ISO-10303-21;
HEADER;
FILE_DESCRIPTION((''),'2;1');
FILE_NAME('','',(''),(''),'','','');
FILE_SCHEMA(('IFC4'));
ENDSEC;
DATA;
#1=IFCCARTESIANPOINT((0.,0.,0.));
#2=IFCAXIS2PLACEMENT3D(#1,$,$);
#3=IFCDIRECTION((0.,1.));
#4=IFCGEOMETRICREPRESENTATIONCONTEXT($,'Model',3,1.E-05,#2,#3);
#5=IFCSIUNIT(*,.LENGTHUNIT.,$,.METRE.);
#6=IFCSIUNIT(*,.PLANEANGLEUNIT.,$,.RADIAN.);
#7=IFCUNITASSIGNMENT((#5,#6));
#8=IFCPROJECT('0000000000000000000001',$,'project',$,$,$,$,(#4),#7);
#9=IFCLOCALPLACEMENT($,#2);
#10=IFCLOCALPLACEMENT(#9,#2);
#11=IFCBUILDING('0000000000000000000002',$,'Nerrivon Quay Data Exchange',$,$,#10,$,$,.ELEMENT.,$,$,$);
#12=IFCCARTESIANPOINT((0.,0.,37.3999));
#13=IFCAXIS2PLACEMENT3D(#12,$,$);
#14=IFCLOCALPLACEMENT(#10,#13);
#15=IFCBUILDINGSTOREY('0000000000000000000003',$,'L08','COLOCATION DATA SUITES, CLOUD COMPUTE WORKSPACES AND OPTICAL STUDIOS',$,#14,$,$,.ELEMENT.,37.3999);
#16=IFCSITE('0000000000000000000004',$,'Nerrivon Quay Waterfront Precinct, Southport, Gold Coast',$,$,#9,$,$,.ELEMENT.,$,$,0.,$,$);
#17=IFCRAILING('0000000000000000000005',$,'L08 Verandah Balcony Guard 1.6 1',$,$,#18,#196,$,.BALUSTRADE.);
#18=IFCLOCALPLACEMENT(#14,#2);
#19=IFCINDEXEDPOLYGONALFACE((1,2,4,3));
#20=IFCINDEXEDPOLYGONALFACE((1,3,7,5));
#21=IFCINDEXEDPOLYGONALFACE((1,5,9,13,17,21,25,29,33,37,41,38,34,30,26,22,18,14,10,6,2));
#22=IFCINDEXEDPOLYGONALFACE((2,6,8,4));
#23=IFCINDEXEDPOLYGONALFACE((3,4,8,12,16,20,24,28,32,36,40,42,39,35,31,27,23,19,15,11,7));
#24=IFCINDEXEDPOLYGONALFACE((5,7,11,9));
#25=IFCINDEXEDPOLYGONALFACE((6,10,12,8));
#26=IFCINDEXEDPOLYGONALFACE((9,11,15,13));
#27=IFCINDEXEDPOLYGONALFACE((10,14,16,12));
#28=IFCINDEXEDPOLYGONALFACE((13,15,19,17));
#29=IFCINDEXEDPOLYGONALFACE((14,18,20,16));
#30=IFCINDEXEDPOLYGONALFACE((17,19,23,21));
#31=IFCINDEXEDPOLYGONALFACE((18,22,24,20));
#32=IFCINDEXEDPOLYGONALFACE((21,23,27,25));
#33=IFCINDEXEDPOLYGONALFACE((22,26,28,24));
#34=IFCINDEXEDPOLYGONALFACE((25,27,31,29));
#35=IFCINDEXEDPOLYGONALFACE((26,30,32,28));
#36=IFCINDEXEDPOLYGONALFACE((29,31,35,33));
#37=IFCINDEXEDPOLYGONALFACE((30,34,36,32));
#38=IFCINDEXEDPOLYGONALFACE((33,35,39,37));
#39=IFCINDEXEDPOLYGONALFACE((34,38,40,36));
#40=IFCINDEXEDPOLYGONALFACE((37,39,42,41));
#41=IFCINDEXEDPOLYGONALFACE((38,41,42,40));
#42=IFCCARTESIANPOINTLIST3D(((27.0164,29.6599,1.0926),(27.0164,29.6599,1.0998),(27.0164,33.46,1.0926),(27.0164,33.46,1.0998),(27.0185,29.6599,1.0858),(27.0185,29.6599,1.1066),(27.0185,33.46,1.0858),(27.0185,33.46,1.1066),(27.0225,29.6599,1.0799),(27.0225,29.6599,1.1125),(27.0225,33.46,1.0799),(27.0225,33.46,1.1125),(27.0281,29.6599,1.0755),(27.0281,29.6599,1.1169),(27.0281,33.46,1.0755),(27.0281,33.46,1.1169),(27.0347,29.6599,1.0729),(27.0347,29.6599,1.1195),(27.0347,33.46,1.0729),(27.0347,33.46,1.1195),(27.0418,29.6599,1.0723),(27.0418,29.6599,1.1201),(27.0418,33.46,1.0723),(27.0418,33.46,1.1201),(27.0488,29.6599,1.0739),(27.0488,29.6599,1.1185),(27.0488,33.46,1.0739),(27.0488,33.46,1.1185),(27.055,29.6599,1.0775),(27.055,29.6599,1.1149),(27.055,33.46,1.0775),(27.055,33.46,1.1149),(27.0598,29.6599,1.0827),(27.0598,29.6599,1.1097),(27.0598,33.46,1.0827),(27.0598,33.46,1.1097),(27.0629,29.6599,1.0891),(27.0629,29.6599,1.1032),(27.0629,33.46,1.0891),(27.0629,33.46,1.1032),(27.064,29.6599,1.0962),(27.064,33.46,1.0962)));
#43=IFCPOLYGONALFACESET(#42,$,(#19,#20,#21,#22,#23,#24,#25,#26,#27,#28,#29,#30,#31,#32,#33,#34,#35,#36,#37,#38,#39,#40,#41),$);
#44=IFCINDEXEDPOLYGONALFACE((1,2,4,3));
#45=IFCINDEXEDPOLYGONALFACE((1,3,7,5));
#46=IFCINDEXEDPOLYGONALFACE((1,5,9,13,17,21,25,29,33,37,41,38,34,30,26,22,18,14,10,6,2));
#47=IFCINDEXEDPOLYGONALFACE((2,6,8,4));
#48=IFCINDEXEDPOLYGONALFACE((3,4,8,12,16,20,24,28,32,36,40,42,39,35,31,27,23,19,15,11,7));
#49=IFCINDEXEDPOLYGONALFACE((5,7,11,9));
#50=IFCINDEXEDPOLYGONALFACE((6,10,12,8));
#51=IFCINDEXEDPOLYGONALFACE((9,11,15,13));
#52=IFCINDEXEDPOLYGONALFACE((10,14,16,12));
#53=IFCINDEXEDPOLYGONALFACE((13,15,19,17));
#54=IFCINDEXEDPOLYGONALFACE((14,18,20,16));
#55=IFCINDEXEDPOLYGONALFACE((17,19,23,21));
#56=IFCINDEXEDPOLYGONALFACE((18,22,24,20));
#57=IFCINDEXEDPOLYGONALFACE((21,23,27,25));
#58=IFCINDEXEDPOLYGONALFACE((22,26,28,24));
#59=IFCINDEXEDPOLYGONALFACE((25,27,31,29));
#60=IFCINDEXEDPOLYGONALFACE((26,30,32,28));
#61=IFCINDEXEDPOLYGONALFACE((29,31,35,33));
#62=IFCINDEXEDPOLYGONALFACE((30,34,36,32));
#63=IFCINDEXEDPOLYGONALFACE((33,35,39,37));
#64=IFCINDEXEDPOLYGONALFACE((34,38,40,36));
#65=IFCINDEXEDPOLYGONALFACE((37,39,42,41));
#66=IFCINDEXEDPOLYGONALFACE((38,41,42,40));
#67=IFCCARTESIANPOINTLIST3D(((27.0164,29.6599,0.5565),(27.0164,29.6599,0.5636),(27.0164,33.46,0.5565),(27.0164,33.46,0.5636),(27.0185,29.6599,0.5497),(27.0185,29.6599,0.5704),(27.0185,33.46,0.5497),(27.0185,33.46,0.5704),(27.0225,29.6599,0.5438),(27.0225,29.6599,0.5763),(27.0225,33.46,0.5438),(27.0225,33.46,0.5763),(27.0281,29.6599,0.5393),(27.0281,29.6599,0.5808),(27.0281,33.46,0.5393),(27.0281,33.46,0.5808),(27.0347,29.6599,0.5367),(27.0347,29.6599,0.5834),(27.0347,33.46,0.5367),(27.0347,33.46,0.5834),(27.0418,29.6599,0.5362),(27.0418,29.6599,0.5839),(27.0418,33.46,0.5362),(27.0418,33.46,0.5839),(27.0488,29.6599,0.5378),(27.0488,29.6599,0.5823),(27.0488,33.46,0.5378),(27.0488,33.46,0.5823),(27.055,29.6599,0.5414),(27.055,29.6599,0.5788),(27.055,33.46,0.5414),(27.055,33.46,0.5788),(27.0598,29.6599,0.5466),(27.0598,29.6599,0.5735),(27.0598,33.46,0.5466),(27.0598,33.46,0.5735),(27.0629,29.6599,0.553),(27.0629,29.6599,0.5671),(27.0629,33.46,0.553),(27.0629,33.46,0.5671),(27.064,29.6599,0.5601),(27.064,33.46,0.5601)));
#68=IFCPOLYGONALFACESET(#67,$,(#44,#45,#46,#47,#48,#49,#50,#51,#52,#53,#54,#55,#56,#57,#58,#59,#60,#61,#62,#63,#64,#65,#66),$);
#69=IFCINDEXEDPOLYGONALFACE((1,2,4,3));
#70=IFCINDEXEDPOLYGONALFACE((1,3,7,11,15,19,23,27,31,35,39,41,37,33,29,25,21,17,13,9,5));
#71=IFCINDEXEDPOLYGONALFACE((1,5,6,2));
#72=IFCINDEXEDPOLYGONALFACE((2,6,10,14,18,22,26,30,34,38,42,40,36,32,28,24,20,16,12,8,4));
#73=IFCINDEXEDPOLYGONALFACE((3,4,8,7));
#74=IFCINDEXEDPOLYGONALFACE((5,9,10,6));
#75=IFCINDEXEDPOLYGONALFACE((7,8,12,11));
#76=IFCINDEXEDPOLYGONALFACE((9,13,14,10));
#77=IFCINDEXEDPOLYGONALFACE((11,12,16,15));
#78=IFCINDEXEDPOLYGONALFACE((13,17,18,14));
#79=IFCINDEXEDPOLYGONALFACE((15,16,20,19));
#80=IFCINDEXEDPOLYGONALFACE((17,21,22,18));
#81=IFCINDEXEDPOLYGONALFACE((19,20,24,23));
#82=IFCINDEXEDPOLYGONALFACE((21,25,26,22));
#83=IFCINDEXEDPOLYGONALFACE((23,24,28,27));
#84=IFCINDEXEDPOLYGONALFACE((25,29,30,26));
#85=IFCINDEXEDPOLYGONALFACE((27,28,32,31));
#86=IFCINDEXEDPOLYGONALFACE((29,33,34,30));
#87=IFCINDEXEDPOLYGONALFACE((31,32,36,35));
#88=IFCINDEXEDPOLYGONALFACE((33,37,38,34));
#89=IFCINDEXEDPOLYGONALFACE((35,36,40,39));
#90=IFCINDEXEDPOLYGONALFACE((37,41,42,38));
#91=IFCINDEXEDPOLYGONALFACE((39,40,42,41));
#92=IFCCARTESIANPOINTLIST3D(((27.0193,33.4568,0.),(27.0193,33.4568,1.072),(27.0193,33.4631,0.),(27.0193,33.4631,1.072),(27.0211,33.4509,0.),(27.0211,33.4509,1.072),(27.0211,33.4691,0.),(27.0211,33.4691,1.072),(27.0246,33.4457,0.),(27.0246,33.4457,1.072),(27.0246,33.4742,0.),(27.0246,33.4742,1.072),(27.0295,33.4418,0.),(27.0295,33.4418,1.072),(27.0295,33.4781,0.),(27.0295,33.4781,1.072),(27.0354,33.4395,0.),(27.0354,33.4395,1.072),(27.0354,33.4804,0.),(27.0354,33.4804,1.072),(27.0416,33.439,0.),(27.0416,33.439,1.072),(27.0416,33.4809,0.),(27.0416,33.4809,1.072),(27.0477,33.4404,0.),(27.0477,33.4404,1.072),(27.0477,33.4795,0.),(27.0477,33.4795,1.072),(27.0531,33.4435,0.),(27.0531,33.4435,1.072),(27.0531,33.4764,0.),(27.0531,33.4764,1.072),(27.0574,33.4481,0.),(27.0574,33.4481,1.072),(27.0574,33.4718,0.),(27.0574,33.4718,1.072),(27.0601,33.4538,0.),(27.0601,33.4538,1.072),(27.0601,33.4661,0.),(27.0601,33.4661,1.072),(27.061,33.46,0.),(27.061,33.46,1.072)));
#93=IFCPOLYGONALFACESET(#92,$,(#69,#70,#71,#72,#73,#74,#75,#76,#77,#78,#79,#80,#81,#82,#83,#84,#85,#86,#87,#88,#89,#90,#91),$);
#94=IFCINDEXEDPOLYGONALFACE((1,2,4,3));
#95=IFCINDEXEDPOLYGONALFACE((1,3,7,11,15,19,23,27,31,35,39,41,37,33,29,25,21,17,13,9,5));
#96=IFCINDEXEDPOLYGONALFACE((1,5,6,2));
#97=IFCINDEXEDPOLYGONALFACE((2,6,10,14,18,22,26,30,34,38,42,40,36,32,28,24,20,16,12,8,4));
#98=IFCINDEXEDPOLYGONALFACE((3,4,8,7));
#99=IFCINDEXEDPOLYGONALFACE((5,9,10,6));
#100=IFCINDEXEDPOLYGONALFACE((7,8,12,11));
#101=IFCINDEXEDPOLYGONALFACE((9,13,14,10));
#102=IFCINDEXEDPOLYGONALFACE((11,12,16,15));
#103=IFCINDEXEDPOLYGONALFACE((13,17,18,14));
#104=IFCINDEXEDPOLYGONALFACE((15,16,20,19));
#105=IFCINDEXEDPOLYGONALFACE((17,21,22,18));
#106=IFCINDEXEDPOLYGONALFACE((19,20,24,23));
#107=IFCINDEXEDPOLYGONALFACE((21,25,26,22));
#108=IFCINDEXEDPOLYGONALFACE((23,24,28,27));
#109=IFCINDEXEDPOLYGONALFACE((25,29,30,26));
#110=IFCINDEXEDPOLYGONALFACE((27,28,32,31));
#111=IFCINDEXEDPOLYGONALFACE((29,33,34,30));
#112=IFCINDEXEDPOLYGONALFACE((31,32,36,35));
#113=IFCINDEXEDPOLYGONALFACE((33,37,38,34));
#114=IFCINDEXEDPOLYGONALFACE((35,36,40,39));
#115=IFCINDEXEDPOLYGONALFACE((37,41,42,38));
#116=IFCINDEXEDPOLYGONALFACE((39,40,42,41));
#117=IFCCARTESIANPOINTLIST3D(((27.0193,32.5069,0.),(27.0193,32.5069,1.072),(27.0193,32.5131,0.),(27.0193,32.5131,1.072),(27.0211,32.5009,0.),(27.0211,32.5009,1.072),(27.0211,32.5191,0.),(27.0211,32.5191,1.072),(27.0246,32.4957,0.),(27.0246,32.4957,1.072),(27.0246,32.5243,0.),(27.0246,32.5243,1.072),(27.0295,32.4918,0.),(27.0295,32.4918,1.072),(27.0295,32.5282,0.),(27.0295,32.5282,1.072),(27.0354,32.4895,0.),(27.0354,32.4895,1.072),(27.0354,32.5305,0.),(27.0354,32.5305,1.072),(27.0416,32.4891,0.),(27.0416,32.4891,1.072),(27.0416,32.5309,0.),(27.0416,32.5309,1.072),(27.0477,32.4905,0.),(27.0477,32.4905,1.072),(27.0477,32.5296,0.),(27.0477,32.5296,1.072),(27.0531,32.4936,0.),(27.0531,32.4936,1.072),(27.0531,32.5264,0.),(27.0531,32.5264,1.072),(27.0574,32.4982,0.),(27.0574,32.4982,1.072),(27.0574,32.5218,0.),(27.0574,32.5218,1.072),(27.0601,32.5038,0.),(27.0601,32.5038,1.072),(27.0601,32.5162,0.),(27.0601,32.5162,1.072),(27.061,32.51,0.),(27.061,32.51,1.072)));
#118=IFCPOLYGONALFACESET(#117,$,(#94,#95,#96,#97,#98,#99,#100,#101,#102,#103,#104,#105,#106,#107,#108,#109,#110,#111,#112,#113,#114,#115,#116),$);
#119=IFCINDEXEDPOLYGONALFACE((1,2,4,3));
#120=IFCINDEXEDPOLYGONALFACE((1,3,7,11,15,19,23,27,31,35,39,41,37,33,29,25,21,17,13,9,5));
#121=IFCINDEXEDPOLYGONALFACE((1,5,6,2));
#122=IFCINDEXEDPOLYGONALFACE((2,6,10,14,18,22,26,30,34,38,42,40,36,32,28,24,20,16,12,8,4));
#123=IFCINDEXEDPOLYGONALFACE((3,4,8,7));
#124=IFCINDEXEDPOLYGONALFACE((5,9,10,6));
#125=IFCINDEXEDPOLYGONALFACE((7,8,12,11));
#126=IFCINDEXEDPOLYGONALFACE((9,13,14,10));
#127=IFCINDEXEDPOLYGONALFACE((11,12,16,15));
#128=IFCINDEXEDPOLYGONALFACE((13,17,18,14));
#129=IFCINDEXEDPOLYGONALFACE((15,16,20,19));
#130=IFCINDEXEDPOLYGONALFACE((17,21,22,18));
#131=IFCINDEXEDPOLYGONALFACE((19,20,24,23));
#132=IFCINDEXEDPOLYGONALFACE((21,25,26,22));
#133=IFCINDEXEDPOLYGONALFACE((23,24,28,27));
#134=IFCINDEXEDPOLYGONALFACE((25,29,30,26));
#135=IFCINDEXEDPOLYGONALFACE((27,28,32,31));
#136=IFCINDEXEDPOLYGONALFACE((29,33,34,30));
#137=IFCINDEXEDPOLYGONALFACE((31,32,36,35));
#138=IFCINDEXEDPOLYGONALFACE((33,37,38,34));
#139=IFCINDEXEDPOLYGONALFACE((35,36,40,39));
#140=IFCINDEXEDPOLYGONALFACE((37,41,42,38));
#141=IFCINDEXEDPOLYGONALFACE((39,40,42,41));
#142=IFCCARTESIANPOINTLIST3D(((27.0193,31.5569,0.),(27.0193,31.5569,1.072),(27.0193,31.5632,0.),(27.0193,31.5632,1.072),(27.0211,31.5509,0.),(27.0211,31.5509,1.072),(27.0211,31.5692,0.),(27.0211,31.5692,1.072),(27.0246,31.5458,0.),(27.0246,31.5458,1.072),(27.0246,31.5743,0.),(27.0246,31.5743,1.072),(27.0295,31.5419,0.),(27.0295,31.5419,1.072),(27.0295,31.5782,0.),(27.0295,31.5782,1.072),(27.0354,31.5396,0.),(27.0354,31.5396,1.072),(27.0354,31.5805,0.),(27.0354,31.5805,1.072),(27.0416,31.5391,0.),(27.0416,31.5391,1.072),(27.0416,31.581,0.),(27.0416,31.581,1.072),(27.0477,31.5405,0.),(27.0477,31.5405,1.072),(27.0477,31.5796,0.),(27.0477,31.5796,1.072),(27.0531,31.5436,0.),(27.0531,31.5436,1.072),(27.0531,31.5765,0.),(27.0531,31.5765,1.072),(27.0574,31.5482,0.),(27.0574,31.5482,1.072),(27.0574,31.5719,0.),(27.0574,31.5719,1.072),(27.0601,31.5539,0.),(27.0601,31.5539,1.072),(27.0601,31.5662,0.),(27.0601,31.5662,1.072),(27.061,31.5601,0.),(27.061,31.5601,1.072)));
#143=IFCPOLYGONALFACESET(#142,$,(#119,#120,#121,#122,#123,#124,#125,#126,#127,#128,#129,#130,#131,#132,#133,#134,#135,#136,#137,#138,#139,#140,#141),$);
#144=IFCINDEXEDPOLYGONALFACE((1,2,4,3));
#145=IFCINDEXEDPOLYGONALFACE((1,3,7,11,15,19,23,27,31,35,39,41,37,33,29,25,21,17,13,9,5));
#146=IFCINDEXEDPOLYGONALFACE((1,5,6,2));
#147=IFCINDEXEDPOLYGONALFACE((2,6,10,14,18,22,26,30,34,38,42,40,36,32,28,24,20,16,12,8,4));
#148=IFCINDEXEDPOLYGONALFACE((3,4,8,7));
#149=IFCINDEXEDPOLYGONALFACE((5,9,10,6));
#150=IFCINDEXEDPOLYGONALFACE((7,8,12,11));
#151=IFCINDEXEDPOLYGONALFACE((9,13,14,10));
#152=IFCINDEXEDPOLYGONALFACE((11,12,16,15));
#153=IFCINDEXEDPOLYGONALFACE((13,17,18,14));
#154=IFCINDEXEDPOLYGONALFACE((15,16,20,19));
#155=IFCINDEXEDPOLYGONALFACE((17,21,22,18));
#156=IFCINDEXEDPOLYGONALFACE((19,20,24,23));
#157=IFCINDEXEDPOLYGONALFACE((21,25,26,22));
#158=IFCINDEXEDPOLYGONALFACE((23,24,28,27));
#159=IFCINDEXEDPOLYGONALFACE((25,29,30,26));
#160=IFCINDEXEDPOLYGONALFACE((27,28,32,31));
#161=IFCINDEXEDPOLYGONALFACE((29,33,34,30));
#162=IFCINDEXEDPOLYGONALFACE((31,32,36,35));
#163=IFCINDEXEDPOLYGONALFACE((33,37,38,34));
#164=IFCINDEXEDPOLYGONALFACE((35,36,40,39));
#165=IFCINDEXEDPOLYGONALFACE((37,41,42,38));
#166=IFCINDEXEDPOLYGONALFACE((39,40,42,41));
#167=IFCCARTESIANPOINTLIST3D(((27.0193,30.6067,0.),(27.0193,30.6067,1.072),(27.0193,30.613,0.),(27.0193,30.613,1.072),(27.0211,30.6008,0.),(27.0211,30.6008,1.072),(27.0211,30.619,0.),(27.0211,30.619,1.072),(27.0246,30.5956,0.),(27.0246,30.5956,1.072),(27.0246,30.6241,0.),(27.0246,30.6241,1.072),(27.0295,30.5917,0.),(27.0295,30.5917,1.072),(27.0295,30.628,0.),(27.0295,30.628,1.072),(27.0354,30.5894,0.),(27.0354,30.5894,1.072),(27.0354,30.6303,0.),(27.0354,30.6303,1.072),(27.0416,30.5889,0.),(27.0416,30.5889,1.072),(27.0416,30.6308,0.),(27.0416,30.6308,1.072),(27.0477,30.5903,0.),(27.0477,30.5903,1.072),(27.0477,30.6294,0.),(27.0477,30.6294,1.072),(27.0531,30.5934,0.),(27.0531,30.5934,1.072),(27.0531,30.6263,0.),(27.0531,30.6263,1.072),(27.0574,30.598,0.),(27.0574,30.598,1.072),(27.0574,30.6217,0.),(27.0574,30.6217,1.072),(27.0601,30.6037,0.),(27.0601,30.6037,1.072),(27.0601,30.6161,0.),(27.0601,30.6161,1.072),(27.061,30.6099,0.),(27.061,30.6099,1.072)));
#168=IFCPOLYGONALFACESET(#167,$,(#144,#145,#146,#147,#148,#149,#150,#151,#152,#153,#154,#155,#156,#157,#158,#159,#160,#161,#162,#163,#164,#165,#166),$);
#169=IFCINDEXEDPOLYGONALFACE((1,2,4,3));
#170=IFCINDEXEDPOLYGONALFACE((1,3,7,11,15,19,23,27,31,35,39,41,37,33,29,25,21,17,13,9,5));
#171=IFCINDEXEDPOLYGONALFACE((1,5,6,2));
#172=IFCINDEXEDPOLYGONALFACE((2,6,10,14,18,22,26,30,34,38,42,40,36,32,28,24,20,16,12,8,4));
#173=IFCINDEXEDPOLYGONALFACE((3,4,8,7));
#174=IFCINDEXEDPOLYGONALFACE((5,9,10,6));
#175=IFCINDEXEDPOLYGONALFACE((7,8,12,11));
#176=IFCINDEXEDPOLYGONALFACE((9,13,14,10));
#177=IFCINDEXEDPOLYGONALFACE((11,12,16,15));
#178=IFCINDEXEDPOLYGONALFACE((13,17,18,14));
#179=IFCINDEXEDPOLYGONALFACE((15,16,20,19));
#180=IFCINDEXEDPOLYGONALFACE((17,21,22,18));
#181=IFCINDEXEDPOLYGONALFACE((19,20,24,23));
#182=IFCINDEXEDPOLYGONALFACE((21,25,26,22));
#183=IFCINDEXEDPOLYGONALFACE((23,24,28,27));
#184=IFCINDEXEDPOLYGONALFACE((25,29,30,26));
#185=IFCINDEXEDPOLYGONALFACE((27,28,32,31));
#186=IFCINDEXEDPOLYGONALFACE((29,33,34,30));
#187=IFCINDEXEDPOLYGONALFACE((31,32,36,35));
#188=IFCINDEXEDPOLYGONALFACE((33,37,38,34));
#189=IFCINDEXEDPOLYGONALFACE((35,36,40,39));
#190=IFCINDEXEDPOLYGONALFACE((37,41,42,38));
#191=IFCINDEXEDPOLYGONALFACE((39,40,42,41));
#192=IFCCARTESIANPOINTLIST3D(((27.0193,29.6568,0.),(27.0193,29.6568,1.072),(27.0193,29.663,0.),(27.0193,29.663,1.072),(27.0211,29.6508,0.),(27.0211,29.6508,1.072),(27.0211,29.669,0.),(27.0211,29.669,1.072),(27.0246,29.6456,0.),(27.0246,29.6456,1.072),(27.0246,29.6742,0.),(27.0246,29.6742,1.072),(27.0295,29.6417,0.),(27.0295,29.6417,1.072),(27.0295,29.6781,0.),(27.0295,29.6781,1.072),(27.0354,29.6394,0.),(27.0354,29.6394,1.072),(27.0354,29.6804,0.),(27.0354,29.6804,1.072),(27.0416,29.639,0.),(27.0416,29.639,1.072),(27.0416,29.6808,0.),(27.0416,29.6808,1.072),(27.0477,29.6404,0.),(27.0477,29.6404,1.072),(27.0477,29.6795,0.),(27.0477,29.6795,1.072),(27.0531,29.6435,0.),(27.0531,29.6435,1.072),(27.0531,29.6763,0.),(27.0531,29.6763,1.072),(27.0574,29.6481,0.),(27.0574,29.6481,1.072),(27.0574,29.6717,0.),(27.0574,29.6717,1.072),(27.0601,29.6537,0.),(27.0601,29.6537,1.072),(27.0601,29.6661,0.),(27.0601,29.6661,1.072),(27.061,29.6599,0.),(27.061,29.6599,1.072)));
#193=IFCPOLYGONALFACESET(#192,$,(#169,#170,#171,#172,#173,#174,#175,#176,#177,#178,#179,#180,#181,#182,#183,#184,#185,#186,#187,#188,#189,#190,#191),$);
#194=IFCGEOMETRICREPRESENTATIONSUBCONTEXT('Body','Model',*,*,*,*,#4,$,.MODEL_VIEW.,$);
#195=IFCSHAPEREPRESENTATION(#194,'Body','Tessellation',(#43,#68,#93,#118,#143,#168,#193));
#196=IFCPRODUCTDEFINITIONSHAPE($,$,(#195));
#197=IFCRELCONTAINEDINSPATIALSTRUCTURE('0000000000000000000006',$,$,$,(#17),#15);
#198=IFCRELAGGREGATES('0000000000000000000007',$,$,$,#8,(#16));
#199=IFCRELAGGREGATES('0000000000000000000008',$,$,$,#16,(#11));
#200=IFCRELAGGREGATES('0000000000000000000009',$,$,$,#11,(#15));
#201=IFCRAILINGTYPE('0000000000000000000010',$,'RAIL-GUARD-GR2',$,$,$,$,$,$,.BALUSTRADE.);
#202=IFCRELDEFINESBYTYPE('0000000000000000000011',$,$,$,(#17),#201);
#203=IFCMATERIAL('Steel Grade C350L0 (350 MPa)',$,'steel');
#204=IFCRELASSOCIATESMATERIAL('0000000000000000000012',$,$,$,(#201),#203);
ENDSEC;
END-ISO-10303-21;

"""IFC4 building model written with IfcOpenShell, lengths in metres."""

from ifc_helpers import new_model, si_unit, direction, frame, origin, origin_2d, place, context, subcontext, project, spatial, circle, extrude, material, type_object, element, save


model = new_model("IFC4")

# Units and contexts
model_context = context("Model", 3, precision=1e-05, world=origin(), true_north=direction((0.0, 1.0)))
body_context = subcontext(model_context, "Body", "Model", "MODEL_VIEW")
ifc_project = project(units=[si_unit("LENGTHUNIT", "METRE"), si_unit("PLANEANGLEUNIT", "RADIAN")], contexts=[model_context])

# Site, building, storey
site_placement = place(None, origin())
site = spatial("IfcSite", under=ifc_project, at=site_placement, Name="Nerrivon Quay Waterfront Precinct, Southport, Gold Coast", CompositionType="ELEMENT", RefElevation=0.0)
building_placement = place(site_placement, origin())
building = spatial("IfcBuilding", under=site, at=building_placement, Name="Nerrivon Quay Data Exchange", CompositionType="ELEMENT")
storey_placement = place(building_placement, frame((0.0, 0.0, 37.3999)))
storey = spatial("IfcBuildingStorey", under=building, at=storey_placement, Name="L08", Description="COLOCATION DATA SUITES, CLOUD COMPUTE WORKSPACES AND OPTICAL STUDIOS", CompositionType="ELEMENT", Elevation=37.3999)

# Railing
ifc_material_1 = material(Name="Steel Grade C350L0 (350 MPa)", Category="steel")
railing_type = type_object("IfcRailingType", Name="RAIL-GUARD-GR2", PredefinedType="BALUSTRADE", material=ifc_material_1)
railing_1_placement = place(storey_placement, frame((27.04, 33.46, 0.0)))
element("IfcRailing", 1, at=railing_1_placement, inside=storey, type_object=railing_type, Name="L08 Verandah Balcony Guard 1.6 1", PredefinedType="BALUSTRADE", context=body_context, shape_type="SweptSolid", body=[
    extrude(circle(Radius=0.0239, at=origin_2d()), frame((0.0, 0.0, 1.0962), z_axis=(0.0, -1.0, 0.0), x_axis=(1.0, 0.0, 0.0)), (0.0, 0.0, 1.0), 3.8),
    extrude(circle(Radius=0.0239, at=origin_2d()), frame((0.0, 0.0, 0.5601), z_axis=(0.0, -1.0, 0.0), x_axis=(1.0, 0.0, 0.0)), (0.0, 0.0, 1.0), 3.8),
    extrude(circle(Radius=0.021, at=origin_2d()), origin(), (0.0, 0.0, 1.0), 1.072),
    extrude(circle(Radius=0.021, at=origin_2d()), frame((0.0, -0.95, 0.0)), (0.0, 0.0, 1.0), 1.072),
    extrude(circle(Radius=0.021, at=origin_2d()), frame((0.0, -1.8999, 0.0)), (0.0, 0.0, 1.0), 1.072),
    extrude(circle(Radius=0.021, at=origin_2d()), frame((0.0, -2.8501, 0.0)), (0.0, 0.0, 1.0), 1.072),
    extrude(circle(Radius=0.021, at=origin_2d()), frame((0.0, -3.8, 0.0)), (0.0, 0.0, 1.0), 1.072),
])

save(model, "model.ifc")
